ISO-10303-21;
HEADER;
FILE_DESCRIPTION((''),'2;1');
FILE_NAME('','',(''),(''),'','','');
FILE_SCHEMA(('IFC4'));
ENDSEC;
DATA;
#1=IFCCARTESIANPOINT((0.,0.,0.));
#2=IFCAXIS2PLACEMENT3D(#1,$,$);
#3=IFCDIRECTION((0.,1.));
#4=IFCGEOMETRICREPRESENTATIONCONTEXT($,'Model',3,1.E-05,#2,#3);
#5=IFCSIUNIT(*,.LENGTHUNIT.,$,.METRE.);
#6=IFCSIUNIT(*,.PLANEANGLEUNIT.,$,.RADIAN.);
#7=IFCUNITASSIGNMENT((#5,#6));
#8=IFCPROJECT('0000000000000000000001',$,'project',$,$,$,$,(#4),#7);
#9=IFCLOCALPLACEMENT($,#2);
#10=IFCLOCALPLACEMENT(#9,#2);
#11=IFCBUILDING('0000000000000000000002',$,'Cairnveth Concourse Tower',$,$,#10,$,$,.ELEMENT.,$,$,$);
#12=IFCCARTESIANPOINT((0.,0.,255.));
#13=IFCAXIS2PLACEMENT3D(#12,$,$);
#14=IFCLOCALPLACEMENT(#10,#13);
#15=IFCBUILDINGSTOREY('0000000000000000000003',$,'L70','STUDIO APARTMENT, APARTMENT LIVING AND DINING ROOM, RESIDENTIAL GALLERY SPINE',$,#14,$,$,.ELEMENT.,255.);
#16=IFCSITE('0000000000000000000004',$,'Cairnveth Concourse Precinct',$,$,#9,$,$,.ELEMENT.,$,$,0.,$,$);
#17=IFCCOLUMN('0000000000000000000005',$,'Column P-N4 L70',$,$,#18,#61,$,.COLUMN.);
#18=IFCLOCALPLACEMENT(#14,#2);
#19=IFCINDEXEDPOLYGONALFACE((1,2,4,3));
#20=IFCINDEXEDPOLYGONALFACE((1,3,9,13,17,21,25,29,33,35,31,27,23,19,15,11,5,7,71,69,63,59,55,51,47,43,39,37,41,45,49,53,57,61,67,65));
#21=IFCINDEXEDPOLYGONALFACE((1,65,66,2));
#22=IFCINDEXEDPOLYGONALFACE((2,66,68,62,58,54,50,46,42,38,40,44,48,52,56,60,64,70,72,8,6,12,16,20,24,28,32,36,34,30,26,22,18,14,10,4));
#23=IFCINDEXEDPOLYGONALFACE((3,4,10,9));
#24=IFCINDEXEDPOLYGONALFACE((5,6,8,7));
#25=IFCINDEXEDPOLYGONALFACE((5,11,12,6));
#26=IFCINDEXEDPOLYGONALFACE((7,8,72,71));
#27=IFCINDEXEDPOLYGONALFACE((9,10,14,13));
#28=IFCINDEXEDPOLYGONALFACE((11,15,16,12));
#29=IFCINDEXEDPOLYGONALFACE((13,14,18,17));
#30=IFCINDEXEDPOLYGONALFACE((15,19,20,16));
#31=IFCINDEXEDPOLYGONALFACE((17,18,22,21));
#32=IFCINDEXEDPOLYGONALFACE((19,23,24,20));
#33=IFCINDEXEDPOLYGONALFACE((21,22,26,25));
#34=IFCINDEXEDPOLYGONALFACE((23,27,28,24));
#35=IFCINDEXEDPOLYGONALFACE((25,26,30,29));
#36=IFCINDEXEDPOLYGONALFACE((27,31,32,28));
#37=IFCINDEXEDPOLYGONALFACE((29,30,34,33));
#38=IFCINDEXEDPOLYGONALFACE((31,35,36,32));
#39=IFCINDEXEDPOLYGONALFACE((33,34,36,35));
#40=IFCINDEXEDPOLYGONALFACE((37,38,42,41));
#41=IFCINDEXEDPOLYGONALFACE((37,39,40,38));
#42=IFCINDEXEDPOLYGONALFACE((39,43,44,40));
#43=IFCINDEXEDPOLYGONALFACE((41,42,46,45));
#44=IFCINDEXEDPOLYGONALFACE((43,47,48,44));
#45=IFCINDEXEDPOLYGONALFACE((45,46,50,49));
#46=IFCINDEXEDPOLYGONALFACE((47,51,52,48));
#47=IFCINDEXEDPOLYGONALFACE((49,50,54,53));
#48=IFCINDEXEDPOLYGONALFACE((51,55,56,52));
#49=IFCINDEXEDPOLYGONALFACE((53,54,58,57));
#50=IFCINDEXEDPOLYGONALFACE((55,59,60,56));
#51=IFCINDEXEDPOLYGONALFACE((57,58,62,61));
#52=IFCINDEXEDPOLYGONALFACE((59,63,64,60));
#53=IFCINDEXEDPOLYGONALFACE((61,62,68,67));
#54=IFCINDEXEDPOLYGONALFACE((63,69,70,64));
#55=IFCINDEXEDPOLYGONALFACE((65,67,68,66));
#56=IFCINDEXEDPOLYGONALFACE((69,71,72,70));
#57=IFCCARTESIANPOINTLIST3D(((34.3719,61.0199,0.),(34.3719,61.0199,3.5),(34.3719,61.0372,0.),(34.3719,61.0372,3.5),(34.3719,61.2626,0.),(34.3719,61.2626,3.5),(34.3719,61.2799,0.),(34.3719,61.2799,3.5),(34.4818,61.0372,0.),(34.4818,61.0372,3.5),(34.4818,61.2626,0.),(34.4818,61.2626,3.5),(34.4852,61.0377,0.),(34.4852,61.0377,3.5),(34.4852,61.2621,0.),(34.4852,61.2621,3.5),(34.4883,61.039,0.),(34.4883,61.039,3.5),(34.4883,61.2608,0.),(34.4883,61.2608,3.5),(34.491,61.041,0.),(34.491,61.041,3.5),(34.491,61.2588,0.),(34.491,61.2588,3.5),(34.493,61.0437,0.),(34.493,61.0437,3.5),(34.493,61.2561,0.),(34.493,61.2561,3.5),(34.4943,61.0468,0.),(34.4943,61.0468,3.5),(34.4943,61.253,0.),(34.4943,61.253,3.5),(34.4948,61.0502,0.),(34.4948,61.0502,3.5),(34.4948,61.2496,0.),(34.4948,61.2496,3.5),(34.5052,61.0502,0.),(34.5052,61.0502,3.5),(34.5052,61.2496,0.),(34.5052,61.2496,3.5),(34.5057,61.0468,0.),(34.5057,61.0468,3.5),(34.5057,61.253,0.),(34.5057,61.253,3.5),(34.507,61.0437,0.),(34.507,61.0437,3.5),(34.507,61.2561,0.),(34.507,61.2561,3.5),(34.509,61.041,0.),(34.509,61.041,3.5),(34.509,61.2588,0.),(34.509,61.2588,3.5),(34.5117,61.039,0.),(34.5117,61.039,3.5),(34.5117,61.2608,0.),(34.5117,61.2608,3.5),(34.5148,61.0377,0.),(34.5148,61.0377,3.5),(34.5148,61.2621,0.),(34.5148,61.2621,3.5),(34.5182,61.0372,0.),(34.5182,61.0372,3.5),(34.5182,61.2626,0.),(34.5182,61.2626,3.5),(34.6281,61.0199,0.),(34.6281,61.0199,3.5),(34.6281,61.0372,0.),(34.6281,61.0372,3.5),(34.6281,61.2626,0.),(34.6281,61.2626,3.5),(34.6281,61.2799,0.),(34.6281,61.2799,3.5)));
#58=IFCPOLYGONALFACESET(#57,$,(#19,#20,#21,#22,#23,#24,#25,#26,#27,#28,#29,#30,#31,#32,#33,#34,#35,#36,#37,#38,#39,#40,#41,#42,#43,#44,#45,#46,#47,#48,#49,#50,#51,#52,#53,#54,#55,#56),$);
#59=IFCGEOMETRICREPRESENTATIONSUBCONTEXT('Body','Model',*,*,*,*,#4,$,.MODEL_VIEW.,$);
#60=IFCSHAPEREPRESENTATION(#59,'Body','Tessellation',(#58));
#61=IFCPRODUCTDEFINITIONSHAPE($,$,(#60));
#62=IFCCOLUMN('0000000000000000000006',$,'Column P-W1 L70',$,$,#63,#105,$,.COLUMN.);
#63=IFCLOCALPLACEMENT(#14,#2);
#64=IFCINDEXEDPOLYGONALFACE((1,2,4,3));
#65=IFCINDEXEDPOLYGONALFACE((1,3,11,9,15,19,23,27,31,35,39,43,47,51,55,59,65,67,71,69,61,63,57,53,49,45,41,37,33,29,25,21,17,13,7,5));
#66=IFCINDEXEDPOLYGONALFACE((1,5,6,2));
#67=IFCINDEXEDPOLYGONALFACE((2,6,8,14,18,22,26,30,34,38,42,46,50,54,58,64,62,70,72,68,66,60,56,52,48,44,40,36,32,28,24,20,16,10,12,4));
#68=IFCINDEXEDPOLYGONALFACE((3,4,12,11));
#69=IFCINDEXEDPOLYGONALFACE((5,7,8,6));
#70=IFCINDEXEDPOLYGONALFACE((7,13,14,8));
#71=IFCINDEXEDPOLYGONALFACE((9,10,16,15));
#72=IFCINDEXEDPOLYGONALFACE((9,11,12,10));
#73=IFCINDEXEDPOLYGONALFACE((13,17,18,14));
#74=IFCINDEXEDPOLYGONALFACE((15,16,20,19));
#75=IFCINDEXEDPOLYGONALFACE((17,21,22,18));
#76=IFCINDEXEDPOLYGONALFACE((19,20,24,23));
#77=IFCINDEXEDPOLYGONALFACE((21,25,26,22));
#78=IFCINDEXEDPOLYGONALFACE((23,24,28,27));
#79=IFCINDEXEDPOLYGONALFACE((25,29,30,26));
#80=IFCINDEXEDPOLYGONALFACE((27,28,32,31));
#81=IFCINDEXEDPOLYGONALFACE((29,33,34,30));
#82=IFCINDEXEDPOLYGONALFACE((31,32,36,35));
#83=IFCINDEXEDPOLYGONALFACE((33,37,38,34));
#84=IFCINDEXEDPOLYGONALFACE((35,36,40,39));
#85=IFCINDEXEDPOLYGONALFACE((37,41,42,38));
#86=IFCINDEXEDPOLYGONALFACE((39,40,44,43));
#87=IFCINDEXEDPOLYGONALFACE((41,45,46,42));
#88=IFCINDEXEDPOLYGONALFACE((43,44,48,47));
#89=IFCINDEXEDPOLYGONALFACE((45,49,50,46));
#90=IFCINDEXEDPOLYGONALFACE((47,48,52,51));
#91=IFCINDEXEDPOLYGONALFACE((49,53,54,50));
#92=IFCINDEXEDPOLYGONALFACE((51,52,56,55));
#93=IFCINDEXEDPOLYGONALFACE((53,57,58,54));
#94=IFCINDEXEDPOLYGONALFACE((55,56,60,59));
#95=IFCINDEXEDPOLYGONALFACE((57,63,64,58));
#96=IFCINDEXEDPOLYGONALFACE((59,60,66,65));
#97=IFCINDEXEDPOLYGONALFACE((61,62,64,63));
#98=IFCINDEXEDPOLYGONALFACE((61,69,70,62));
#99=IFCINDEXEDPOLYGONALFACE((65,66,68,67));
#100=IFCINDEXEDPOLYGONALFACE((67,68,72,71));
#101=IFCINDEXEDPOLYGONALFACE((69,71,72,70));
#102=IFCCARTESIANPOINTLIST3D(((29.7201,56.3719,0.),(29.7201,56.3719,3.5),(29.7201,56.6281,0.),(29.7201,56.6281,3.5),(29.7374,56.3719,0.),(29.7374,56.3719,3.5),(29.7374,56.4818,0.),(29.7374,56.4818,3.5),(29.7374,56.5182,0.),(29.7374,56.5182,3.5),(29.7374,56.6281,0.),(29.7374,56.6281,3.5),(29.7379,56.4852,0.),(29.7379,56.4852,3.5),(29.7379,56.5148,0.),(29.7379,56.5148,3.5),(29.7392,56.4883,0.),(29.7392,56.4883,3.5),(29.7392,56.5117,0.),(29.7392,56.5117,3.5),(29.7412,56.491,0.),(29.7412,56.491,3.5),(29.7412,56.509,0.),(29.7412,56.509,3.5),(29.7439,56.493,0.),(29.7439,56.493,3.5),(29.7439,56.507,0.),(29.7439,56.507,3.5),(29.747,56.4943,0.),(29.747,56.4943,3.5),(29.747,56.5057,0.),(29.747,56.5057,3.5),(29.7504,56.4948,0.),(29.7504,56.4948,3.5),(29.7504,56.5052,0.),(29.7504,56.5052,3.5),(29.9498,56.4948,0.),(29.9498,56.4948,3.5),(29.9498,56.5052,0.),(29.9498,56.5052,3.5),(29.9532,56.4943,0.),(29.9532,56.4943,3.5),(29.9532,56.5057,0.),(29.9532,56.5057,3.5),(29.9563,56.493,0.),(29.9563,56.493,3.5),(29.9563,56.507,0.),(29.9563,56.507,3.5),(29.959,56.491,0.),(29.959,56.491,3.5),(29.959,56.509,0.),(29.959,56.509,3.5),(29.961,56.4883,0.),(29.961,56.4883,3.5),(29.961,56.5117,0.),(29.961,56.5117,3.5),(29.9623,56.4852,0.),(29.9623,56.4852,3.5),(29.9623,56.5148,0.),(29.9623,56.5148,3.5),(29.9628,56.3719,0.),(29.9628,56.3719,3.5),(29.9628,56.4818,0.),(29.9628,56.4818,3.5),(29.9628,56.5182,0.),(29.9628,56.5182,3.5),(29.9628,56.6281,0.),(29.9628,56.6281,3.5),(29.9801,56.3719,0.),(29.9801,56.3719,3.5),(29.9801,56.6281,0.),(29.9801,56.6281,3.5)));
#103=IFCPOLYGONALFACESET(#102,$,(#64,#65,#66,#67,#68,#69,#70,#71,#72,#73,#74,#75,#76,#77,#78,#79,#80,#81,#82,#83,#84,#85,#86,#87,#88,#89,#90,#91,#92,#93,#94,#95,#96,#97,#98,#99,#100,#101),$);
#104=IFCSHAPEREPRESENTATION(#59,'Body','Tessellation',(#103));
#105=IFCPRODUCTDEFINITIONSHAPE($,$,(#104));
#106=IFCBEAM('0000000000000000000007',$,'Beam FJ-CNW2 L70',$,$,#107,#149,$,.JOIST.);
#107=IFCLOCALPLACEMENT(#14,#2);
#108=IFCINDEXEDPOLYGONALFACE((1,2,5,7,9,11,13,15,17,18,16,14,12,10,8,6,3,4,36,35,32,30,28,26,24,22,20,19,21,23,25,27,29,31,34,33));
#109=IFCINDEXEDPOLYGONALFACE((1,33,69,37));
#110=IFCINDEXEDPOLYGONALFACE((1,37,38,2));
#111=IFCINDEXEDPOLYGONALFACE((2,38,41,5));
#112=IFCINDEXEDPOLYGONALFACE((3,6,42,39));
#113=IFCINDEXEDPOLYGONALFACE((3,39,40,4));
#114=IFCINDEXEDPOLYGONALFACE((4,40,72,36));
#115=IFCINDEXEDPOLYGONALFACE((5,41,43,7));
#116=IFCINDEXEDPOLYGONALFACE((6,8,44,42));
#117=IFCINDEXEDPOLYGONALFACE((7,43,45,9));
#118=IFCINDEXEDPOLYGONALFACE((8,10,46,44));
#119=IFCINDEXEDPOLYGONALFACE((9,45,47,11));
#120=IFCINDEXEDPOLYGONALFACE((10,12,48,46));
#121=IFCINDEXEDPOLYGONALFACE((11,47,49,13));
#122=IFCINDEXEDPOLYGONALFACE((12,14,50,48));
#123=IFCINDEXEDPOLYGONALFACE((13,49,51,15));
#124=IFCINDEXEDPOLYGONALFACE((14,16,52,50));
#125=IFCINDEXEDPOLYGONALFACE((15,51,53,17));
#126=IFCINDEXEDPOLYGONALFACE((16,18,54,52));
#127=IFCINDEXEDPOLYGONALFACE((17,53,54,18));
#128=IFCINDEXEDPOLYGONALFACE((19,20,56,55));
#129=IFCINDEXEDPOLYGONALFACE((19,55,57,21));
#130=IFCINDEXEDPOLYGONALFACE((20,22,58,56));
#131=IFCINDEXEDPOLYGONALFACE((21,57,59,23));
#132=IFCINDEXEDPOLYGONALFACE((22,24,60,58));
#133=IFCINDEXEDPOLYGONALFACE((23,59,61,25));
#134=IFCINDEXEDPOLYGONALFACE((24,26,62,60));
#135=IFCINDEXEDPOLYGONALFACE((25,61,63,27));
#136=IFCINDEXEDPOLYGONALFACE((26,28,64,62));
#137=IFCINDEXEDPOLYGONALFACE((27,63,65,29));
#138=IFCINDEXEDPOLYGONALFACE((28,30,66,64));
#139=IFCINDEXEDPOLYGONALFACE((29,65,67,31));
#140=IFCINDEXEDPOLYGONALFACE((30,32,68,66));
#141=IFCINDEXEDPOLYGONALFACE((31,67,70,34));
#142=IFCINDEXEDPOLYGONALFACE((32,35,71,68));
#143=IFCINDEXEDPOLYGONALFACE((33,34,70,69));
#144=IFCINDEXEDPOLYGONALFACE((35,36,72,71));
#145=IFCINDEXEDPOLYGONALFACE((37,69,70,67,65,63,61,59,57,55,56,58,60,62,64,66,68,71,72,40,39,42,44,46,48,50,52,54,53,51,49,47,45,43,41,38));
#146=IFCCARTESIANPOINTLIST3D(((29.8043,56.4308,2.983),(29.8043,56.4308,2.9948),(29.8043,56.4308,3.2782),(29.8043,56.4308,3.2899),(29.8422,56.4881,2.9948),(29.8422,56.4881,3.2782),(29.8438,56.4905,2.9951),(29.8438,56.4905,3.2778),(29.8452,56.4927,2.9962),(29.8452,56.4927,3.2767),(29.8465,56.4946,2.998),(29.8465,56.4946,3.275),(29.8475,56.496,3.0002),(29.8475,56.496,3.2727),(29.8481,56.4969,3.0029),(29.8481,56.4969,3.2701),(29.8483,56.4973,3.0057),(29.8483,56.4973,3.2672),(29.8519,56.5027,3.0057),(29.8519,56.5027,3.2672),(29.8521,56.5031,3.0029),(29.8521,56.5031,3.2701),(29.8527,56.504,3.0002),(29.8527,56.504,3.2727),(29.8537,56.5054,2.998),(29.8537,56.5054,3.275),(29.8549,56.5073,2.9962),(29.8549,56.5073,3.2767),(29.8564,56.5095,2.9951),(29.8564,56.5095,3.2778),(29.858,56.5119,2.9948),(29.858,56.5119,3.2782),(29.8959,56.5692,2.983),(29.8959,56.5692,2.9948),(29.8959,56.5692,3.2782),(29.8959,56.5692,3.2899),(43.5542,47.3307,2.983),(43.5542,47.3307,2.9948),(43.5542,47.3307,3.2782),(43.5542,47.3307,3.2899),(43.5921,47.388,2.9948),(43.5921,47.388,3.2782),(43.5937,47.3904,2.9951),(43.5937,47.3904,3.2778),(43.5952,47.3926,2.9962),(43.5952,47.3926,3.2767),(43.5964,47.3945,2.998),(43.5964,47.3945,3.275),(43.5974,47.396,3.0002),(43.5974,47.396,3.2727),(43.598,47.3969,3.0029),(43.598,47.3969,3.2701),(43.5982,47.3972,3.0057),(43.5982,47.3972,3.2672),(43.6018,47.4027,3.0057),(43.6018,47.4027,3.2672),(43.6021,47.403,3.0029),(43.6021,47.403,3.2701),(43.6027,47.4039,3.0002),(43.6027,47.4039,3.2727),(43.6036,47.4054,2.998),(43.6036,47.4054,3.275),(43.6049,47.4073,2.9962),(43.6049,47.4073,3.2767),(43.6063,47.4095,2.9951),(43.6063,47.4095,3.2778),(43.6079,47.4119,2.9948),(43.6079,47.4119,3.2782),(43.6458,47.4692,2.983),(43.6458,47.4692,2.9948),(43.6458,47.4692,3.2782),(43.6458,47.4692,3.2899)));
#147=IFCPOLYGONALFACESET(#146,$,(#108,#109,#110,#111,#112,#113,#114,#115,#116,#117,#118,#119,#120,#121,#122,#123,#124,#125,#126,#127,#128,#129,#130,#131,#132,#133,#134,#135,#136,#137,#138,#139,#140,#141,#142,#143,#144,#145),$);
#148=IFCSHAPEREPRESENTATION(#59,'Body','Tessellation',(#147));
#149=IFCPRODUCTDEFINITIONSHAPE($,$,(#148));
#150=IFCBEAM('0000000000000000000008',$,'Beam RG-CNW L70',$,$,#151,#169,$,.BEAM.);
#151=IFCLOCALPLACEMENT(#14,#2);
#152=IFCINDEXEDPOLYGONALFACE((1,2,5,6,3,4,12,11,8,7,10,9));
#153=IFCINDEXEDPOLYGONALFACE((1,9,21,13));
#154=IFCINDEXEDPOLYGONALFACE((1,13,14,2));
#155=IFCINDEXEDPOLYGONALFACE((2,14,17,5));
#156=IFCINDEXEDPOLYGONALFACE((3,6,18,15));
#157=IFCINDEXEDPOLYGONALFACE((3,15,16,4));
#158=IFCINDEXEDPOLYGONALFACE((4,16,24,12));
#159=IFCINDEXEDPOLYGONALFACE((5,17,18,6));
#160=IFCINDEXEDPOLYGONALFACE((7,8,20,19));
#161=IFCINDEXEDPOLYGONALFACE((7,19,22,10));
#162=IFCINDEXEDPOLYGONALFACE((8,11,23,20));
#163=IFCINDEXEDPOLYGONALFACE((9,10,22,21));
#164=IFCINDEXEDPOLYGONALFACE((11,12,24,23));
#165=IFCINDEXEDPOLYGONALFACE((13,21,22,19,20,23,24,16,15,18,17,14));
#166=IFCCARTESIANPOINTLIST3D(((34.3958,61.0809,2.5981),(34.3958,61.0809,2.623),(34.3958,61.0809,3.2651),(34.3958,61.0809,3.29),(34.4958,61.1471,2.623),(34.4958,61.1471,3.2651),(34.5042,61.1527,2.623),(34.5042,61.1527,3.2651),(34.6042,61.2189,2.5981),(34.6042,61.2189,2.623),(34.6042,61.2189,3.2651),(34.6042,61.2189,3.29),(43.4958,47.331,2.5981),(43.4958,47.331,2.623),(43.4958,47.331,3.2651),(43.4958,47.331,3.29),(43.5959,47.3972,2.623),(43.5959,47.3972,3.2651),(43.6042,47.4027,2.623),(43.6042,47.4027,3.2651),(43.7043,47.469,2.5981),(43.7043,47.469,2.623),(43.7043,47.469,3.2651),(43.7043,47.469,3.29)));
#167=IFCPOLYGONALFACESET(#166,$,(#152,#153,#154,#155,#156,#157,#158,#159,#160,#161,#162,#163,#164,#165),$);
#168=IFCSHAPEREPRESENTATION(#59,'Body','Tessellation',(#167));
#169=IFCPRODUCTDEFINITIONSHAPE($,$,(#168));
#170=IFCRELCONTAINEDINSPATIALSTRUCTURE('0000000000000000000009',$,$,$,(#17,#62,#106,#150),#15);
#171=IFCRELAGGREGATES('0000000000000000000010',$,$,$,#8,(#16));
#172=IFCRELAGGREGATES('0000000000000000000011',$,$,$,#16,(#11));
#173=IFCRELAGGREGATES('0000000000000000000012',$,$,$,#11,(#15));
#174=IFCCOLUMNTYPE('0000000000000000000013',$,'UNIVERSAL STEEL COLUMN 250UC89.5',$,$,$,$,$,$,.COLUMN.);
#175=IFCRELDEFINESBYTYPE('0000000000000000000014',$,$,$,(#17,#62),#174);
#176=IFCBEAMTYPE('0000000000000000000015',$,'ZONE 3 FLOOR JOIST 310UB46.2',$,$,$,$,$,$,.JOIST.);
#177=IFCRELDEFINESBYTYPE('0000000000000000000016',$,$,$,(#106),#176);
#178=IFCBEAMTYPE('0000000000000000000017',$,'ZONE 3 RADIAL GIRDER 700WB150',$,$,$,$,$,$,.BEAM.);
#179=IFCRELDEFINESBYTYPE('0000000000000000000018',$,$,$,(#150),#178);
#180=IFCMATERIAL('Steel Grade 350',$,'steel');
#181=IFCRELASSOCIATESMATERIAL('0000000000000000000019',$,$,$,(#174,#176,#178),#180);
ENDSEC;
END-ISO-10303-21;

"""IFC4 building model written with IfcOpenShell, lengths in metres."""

from ifc_helpers import new_model, si_unit, direction, frame, origin, origin_2d, place, context, subcontext, project, spatial, i_section, extrude, material, material_profile, profile_set, type_object, element, save


model = new_model("IFC4")

# Units and contexts
model_context = context("Model", 3, precision=1e-05, world=origin(), true_north=direction((0.0, 1.0)))
body_context = subcontext(model_context, "Body", "Model", "MODEL_VIEW")
ifc_project = project(units=[si_unit("LENGTHUNIT", "METRE"), si_unit("PLANEANGLEUNIT", "RADIAN")], contexts=[model_context])

# Site, building, storey
site_placement = place(None, origin())
site = spatial("IfcSite", under=ifc_project, at=site_placement, Name="Cairnveth Concourse Precinct", CompositionType="ELEMENT", RefElevation=0.0)
building_placement = place(site_placement, origin())
building = spatial("IfcBuilding", under=site, at=building_placement, Name="Cairnveth Concourse Tower", CompositionType="ELEMENT")
storey_placement = place(building_placement, frame((0.0, 0.0, 255.0)))
storey = spatial("IfcBuildingStorey", under=building, at=storey_placement, Name="L70", Description="STUDIO APARTMENT, APARTMENT LIVING AND DINING ROOM, RESIDENTIAL GALLERY SPINE", CompositionType="ELEMENT", Elevation=255.0)

# Columns
ifc_material_1 = material(Name="Steel Grade 350", Category="steel")
ifc_material_profile_1 = material_profile(ifc_material_1, i_section(OverallWidth=0.2561, OverallDepth=0.26, WebThickness=0.0105, FlangeThickness=0.0173, FilletRadius=0.0129, at=origin_2d()), Name="250UC89.5")
ifc_profile_set_1 = profile_set([ifc_material_profile_1], Name="Steel Grade 350")
column_type = type_object("IfcColumnType", Name="UNIVERSAL STEEL COLUMN 250UC89.5", PredefinedType="COLUMN", material=ifc_profile_set_1)
for number, where, z_axis, x_axis, name in (
    (1, (34.5, 61.1499, 0.0), (0.0, 0.0, 1.0), (1.0, 0.0, 0.0), "Column P-N4 L70"),
    (2, (29.8501, 56.5, 0.0), (0.0, 0.0, 1.0), (0.0, 1.0, 0.0), "Column P-W1 L70"),
):
    element("IfcColumn", number, at=place(storey_placement, frame(where, z_axis=z_axis, x_axis=x_axis)), inside=storey, type_object=column_type, Name=name, PredefinedType="COLUMN", context=body_context, shape_type="SweptSolid", body=[
        extrude(i_section(OverallWidth=0.2561, OverallDepth=0.26, WebThickness=0.0105, FlangeThickness=0.0173, FilletRadius=0.0129, at=origin_2d()), origin(), (0.0, 0.0, 1.0), 3.5),
    ])

# Beams
ifc_material_profile_2 = material_profile(ifc_material_1, i_section(OverallWidth=0.166, OverallDepth=0.3069, WebThickness=0.0066, FlangeThickness=0.0117, FilletRadius=0.011, at=origin_2d()), Name="310UB46.2")
ifc_profile_set_2 = profile_set([ifc_material_profile_2], Name="Steel Grade 350")
beam_type_1 = type_object("IfcBeamType", Name="ZONE 3 FLOOR JOIST 310UB46.2", PredefinedType="JOIST", material=ifc_profile_set_2)
beam_1_placement = place(storey_placement, frame((29.8501, 56.5, 3.1365), z_axis=(0.833909, -0.551902, 0.0), x_axis=(0.551902, 0.833909, 0.0)))
element("IfcBeam", 3, at=beam_1_placement, inside=storey, type_object=beam_type_1, Name="Beam FJ-CNW2 L70", PredefinedType="JOIST", context=body_context, shape_type="SweptSolid", body=[
    extrude(i_section(OverallWidth=0.166, OverallDepth=0.3069, WebThickness=0.0066, FlangeThickness=0.0117, FilletRadius=0.011, at=origin_2d()), origin(), (0.0, 0.0, 1.0), 16.4885),
])
ifc_material_profile_3 = material_profile(ifc_material_1, i_section(OverallWidth=0.25, OverallDepth=0.6919, WebThickness=0.01, FlangeThickness=0.0249, at=origin_2d()), Name="700WB150")
ifc_profile_set_3 = profile_set([ifc_material_profile_3], Name="Steel Grade 350")
beam_type_2 = type_object("IfcBeamType", Name="ZONE 3 RADIAL GIRDER 700WB150", PredefinedType="BEAM", material=ifc_profile_set_3)
beam_2_placement = place(storey_placement, frame((34.5, 61.1499, 2.9441), z_axis=(0.551902, -0.833909, 0.0), x_axis=(0.833909, 0.551902, 0.0)))
element("IfcBeam", 4, at=beam_2_placement, inside=storey, type_object=beam_type_2, Name="Beam RG-CNW L70", PredefinedType="BEAM", context=body_context, shape_type="SweptSolid", body=[
    extrude(i_section(OverallWidth=0.25, OverallDepth=0.6919, WebThickness=0.01, FlangeThickness=0.0249, at=origin_2d()), origin(), (0.0, 0.0, 1.0), 16.4885),
])

save(model, "model.ifc")
